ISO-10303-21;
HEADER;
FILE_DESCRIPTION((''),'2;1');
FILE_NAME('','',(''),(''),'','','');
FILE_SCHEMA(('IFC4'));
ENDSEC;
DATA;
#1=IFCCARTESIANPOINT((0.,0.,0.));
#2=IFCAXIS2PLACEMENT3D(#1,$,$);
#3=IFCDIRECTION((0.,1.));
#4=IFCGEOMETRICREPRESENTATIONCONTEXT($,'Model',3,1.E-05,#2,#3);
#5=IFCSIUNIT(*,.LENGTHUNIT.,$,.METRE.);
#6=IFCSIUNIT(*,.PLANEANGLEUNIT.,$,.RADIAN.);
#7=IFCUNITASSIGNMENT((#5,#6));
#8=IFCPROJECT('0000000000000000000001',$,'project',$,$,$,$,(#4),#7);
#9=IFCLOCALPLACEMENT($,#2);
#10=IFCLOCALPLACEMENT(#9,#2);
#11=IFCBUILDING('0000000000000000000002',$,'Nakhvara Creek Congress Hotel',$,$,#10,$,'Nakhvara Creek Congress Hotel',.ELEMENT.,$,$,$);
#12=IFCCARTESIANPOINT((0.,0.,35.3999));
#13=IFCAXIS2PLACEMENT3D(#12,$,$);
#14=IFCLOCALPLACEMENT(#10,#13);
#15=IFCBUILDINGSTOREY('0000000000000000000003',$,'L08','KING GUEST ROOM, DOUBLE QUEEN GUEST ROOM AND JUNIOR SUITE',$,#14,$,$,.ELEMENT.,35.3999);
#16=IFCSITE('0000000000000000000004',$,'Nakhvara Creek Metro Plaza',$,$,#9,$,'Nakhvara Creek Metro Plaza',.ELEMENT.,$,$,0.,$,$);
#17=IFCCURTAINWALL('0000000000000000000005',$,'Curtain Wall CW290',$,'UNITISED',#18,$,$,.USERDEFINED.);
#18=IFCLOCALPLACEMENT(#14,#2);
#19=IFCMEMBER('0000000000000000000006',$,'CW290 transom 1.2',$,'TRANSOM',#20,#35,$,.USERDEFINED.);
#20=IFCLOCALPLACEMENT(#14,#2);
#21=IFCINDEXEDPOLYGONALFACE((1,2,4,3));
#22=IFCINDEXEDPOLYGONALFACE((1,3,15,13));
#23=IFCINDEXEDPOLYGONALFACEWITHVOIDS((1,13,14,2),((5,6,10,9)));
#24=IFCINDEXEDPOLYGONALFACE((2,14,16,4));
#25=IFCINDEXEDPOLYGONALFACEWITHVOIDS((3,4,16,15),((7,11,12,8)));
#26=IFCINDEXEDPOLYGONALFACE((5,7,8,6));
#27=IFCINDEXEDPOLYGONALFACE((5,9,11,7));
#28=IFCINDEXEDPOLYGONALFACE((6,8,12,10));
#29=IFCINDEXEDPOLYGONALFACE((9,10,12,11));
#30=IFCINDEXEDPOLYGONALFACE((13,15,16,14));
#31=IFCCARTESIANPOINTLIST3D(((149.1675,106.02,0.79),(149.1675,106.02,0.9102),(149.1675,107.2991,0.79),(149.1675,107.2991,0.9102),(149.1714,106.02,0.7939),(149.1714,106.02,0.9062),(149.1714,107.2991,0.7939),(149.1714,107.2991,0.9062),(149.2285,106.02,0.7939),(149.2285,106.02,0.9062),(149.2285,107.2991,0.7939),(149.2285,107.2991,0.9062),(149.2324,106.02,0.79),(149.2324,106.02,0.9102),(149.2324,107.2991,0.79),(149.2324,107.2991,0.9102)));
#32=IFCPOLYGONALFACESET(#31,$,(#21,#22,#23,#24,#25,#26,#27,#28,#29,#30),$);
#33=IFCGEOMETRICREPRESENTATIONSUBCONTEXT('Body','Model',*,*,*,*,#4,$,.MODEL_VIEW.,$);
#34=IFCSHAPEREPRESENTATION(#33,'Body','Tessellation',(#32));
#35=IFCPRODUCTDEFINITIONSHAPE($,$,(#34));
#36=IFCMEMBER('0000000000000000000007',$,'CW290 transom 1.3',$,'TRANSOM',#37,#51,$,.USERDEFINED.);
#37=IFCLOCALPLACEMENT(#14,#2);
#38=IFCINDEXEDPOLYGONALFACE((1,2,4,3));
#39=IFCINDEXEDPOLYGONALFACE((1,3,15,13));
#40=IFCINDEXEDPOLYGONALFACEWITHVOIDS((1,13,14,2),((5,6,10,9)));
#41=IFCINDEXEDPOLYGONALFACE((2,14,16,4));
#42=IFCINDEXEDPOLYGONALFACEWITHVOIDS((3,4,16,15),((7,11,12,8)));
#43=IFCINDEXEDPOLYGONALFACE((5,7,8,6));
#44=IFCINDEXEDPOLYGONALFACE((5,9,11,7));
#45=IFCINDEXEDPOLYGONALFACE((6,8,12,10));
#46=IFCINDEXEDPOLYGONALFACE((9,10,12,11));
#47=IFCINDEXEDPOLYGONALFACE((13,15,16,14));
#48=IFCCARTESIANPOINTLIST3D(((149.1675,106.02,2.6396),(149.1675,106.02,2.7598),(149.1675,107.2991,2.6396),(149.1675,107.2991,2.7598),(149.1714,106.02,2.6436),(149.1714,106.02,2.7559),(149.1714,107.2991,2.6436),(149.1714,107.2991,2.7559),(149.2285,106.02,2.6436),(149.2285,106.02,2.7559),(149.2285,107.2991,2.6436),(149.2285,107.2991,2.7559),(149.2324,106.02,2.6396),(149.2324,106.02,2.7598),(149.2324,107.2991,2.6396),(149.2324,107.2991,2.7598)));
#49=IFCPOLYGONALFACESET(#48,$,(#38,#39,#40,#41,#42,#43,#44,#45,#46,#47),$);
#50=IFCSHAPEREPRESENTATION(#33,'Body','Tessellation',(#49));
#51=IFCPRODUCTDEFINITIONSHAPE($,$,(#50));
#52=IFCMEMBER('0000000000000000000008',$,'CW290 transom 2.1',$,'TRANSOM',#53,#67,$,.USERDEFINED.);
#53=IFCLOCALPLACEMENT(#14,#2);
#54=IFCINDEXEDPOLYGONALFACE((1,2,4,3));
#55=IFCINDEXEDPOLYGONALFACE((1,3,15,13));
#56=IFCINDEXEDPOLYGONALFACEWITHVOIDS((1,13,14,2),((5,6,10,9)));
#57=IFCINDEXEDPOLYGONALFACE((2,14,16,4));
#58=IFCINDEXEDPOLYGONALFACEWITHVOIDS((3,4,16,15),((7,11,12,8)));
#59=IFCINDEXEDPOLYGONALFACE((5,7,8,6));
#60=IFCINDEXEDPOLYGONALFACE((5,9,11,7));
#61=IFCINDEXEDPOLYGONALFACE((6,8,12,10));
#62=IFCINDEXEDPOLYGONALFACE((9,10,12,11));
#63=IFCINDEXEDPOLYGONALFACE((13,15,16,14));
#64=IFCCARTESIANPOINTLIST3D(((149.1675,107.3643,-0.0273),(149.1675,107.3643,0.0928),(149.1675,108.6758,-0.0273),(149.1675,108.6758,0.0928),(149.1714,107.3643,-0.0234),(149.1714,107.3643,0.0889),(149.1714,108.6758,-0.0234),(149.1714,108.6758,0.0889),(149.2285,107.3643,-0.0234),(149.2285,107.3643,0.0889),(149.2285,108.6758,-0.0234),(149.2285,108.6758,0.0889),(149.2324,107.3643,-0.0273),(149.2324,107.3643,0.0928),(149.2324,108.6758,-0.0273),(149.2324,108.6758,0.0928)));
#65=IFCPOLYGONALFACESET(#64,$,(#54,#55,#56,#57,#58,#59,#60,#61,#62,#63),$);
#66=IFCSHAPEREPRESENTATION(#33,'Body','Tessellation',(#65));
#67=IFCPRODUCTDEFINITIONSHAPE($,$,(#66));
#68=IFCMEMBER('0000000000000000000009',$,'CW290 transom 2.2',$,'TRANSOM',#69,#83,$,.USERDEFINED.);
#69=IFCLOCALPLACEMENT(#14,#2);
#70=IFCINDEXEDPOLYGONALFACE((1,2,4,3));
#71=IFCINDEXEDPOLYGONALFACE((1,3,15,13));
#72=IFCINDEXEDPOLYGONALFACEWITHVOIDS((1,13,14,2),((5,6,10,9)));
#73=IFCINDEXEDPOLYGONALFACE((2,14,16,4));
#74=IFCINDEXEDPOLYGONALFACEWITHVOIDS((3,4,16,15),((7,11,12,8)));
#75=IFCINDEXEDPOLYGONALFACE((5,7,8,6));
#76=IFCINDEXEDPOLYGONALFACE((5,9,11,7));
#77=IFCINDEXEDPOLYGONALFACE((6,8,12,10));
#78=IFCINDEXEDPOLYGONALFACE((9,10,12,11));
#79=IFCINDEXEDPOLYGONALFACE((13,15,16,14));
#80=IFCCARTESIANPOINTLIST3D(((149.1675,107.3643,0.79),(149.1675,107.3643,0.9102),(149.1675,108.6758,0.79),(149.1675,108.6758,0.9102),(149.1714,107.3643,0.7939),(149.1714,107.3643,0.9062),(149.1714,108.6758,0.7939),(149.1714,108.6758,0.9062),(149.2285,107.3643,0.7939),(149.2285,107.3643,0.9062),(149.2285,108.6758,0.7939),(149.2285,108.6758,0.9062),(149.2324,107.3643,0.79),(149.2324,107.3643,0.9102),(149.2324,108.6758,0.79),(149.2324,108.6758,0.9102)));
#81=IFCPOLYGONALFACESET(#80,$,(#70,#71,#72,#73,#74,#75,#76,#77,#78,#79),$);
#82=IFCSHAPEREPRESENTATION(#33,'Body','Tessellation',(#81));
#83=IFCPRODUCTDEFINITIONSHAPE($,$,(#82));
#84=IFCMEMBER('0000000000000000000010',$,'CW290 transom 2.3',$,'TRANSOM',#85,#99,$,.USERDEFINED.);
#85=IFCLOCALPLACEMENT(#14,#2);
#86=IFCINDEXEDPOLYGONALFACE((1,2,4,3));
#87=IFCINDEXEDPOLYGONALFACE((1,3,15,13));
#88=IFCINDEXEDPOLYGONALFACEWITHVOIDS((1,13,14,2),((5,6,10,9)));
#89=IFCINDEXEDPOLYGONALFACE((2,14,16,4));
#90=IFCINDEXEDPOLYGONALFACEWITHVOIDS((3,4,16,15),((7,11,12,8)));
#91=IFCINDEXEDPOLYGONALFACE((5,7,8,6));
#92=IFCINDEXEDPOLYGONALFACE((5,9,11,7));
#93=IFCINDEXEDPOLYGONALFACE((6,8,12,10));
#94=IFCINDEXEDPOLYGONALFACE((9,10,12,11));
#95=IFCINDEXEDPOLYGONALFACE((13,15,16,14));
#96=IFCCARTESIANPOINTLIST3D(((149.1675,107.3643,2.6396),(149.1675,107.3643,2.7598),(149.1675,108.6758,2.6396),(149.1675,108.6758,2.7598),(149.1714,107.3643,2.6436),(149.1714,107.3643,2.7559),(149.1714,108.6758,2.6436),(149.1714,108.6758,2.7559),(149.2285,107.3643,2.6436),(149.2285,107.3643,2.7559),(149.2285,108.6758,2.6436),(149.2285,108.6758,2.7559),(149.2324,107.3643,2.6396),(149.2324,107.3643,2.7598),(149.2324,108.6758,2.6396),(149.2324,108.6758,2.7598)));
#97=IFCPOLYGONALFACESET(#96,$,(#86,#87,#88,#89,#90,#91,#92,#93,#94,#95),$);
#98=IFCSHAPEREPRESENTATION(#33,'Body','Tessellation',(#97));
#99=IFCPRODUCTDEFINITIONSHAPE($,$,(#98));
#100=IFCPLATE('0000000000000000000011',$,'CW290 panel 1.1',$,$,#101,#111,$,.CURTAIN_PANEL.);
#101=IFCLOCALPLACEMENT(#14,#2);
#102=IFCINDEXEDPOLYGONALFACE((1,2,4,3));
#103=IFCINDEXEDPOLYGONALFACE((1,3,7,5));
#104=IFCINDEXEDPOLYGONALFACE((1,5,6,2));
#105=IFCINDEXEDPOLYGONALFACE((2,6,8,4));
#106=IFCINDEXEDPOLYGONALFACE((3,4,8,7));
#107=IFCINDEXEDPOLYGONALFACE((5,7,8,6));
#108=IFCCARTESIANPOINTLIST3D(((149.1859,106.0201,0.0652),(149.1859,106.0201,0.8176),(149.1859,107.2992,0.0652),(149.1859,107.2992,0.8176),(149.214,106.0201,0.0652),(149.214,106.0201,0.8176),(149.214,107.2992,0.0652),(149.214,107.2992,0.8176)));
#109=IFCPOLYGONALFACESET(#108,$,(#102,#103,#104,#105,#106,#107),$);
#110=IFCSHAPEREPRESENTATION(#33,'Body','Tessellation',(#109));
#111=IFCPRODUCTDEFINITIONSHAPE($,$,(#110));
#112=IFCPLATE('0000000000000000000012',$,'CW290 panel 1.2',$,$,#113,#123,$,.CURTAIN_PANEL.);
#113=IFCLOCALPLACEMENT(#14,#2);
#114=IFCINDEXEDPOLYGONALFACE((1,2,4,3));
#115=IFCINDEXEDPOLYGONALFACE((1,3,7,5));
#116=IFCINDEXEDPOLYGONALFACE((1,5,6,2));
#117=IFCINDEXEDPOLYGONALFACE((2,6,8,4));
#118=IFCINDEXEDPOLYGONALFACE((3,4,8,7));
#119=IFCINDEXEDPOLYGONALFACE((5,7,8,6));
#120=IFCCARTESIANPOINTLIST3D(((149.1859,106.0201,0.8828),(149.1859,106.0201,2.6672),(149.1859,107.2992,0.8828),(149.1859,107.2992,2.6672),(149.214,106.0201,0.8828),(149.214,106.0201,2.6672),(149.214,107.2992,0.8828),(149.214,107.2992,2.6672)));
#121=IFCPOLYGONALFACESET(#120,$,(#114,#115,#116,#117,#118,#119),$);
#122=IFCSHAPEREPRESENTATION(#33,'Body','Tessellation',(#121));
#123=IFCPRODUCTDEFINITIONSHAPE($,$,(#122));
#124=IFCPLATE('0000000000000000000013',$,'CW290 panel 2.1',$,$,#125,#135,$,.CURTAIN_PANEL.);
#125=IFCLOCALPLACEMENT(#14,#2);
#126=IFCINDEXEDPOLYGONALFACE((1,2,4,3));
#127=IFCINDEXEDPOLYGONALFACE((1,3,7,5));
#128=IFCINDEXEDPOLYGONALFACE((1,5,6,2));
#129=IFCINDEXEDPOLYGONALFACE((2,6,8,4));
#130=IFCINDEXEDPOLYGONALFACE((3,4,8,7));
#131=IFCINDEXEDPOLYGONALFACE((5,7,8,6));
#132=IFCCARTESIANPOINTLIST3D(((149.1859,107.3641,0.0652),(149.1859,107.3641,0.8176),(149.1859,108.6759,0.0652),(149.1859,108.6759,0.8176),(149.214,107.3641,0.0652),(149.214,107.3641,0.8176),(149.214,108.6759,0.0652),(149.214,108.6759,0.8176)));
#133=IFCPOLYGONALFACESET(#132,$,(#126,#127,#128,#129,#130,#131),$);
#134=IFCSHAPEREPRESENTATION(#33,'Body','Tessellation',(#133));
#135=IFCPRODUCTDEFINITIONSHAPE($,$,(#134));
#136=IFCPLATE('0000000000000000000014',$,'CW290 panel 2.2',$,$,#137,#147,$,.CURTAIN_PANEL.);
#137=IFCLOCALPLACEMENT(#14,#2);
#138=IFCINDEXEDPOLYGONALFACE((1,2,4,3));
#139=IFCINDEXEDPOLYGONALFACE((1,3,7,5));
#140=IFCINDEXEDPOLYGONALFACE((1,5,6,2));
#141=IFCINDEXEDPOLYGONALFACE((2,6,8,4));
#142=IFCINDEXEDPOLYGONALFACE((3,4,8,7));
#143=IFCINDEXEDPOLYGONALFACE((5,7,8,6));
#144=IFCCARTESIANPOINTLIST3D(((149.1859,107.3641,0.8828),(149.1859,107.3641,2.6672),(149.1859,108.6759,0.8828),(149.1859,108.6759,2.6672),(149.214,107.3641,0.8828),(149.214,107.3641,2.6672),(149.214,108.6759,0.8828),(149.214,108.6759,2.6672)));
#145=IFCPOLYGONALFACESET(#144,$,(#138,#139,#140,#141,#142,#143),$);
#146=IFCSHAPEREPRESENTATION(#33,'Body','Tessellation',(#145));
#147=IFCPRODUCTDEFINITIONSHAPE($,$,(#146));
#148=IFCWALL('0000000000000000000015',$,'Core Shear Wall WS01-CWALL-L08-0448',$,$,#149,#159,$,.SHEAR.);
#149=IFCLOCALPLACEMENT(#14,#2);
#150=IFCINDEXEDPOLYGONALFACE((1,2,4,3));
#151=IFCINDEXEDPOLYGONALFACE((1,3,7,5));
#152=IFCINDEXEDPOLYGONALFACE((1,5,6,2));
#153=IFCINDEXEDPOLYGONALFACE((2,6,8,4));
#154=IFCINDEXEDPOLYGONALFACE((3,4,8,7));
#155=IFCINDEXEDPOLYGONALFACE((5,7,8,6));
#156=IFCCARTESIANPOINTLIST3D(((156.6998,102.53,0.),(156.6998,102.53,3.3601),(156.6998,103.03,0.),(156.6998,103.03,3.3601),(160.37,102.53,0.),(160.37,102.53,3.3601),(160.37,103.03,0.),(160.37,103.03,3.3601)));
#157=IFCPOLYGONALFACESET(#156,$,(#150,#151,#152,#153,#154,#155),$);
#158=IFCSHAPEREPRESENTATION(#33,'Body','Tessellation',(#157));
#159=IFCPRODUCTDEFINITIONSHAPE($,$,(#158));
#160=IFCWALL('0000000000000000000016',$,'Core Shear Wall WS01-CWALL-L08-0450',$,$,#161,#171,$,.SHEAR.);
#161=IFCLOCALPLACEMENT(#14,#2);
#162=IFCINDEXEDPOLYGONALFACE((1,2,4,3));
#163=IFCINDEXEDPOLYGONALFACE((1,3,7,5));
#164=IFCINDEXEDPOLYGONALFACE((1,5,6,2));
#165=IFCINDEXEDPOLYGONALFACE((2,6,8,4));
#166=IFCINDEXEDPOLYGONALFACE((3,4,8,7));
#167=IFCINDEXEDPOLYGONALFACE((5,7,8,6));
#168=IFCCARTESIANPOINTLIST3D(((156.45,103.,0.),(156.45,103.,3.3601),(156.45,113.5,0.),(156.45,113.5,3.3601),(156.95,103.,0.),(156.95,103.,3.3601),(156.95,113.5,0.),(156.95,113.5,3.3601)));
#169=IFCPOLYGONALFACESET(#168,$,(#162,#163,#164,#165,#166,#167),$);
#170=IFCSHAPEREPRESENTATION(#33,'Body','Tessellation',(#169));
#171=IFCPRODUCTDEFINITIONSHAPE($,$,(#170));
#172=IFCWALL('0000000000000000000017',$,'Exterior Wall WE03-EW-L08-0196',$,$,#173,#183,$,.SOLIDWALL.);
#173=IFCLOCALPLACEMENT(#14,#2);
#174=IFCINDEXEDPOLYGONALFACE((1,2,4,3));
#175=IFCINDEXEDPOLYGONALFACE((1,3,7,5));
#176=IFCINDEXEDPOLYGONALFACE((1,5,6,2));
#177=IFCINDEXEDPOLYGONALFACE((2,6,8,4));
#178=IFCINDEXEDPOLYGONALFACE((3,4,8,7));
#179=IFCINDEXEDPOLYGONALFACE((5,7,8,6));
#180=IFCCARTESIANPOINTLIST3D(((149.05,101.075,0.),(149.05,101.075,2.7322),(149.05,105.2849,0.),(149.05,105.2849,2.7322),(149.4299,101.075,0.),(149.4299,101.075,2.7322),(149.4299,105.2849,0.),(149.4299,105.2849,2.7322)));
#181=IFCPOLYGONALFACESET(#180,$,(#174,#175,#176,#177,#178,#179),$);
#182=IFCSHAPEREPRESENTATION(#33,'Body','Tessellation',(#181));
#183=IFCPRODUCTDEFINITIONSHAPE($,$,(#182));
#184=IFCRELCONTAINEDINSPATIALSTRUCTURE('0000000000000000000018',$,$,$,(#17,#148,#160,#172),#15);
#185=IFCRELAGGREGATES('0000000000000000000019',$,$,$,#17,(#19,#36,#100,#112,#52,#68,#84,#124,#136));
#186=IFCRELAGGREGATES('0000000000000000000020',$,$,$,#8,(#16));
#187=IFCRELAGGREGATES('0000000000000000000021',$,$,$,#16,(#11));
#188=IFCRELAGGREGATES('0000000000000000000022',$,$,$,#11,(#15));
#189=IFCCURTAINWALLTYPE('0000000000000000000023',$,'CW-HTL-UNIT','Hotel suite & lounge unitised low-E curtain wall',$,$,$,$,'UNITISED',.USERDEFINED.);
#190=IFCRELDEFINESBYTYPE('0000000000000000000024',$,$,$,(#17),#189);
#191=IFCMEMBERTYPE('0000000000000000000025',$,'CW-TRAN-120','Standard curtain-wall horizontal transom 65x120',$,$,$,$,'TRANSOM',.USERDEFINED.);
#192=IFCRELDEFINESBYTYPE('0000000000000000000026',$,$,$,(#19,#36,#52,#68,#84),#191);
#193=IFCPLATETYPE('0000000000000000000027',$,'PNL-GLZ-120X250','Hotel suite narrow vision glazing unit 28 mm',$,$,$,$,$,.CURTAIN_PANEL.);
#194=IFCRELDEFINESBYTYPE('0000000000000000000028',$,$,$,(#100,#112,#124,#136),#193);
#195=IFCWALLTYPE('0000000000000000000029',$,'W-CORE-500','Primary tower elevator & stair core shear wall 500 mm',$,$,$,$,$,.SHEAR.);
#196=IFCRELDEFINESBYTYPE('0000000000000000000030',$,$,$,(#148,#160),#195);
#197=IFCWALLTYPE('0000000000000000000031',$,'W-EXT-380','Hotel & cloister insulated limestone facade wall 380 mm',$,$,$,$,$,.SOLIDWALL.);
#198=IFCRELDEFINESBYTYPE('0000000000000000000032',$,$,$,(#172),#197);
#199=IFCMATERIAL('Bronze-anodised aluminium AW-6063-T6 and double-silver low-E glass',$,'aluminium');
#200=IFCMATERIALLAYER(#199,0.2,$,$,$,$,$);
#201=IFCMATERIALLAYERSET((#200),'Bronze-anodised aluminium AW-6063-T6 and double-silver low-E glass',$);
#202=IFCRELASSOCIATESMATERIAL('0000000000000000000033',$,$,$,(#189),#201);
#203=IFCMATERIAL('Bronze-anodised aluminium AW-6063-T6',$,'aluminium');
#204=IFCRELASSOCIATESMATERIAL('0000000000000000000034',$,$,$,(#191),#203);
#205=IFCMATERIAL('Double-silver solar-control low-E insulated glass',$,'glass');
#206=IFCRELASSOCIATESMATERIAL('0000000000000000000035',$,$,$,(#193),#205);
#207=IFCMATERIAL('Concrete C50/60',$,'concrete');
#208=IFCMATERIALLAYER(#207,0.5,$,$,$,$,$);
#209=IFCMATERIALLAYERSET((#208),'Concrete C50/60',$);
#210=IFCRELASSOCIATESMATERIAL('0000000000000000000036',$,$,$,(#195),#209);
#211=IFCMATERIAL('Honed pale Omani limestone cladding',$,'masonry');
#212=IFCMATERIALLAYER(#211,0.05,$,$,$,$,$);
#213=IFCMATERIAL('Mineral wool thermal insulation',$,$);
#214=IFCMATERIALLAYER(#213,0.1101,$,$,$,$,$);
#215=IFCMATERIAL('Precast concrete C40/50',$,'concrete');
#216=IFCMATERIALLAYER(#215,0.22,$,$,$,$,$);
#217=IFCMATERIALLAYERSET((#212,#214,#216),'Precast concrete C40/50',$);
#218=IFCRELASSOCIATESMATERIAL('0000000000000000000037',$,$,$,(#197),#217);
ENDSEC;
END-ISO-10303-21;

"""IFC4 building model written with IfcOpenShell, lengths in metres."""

from ifc_helpers import new_model, si_unit, direction, frame, frame_2d, origin, origin_2d, place, context, subcontext, project, spatial, rectangle, hollow_rectangle, extrude, material, layer, layer_set, material_profile, profile_set, type_object, element, aggregate, save


model = new_model("IFC4")

# Units and contexts
model_context = context("Model", 3, precision=1e-05, world=origin(), true_north=direction((0.0, 1.0)))
body_context = subcontext(model_context, "Body", "Model", "MODEL_VIEW")
ifc_project = project(units=[si_unit("LENGTHUNIT", "METRE"), si_unit("PLANEANGLEUNIT", "RADIAN")], contexts=[model_context])

# Site, building, storey
site_placement = place(None, origin())
site = spatial("IfcSite", under=ifc_project, at=site_placement, Name="Nakhvara Creek Metro Plaza", LongName="Nakhvara Creek Metro Plaza", CompositionType="ELEMENT", RefElevation=0.0)
building_placement = place(site_placement, origin())
building = spatial("IfcBuilding", under=site, at=building_placement, Name="Nakhvara Creek Congress Hotel", LongName="Nakhvara Creek Congress Hotel", CompositionType="ELEMENT")
storey_placement = place(building_placement, frame((0.0, 0.0, 35.3999)))
storey = spatial("IfcBuildingStorey", under=building, at=storey_placement, Name="L08", Description="KING GUEST ROOM, DOUBLE QUEEN GUEST ROOM AND JUNIOR SUITE", CompositionType="ELEMENT", Elevation=35.3999)

# Shared definitions
ifc_material_1 = material(Name="Concrete C50/60", Category="concrete")

# Shared definitions
ifc_material_2 = material(Name="Bronze-anodised aluminium AW-6063-T6 and double-silver low-E glass", Category="aluminium")
ifc_layer_1 = layer(ifc_material_2, 0.2)
ifc_layer_set_1 = layer_set([ifc_layer_1], Name="Bronze-anodised aluminium AW-6063-T6 and double-silver low-E glass")
curtain_wall_type = type_object("IfcCurtainWallType", Name="CW-HTL-UNIT", Description="Hotel suite & lounge unitised low-E curtain wall", ElementType="UNITISED", PredefinedType="USERDEFINED", material=ifc_layer_set_1)
ifc_material_3 = material(Name="Bronze-anodised aluminium AW-6063-T6", Category="aluminium")

# Curtain wall, members, plates
curtain_wall_1_placement = place(storey_placement, origin())
curtain_wall_1 = element("IfcCurtainWall", 1, at=curtain_wall_1_placement, inside=storey, type_object=curtain_wall_type, Name="Curtain Wall CW290", ObjectType="UNITISED", PredefinedType="USERDEFINED")
ifc_material_profile_1 = material_profile(ifc_material_3, hollow_rectangle(XDim=0.0649, YDim=0.1201, WallThickness=0.0039, at=origin_2d()), Name="ALU-TRAN 65x120x4", Category="LoadBearing")
ifc_profile_set_1 = profile_set([ifc_material_profile_1], Name="Bronze-anodised aluminium AW-6063-T6")
member_type_1 = type_object("IfcMemberType", Name="CW-TRAN-120", Description="Standard curtain-wall horizontal transom 65x120", ElementType="TRANSOM", PredefinedType="USERDEFINED", material=ifc_profile_set_1)
member_1_placement = place(storey_placement, frame((149.2, 106.02, 0.8501), z_axis=(0.0, 1.0, 0.0), x_axis=(-1.0, 0.0, 0.0)))
member_1 = element("IfcMember", 2, at=member_1_placement, type_object=member_type_1, Name="CW290 transom 1.2", ObjectType="TRANSOM", PredefinedType="USERDEFINED", context=body_context, shape_type="SweptSolid", body=[
    extrude(hollow_rectangle(XDim=0.0649, YDim=0.1201, WallThickness=0.0039, at=origin_2d()), origin(), (0.0, 0.0, 1.0), 1.2791),
])
member_2_placement = place(storey_placement, frame((149.2, 106.02, 2.6997), z_axis=(0.0, 1.0, 0.0), x_axis=(-1.0, 0.0, 0.0)))
member_2 = element("IfcMember", 3, at=member_2_placement, type_object=member_type_1, Name="CW290 transom 1.3", ObjectType="TRANSOM", PredefinedType="USERDEFINED", context=body_context, shape_type="SweptSolid", body=[
    extrude(hollow_rectangle(XDim=0.0649, YDim=0.1201, WallThickness=0.0039, at=origin_2d()), origin(), (0.0, 0.0, 1.0), 1.2791),
])
member_3_placement = place(storey_placement, frame((149.2, 107.3643, 0.0327), z_axis=(0.0, 1.0, 0.0), x_axis=(-1.0, 0.0, 0.0)))
member_3 = element("IfcMember", 4, at=member_3_placement, type_object=member_type_1, Name="CW290 transom 2.1", ObjectType="TRANSOM", PredefinedType="USERDEFINED", context=body_context, shape_type="SweptSolid", body=[
    extrude(hollow_rectangle(XDim=0.0649, YDim=0.1201, WallThickness=0.0039, at=origin_2d()), origin(), (0.0, 0.0, 1.0), 1.3115),
])
member_4_placement = place(storey_placement, frame((149.2, 107.3643, 0.8501), z_axis=(0.0, 1.0, 0.0), x_axis=(-1.0, 0.0, 0.0)))
member_4 = element("IfcMember", 5, at=member_4_placement, type_object=member_type_1, Name="CW290 transom 2.2", ObjectType="TRANSOM", PredefinedType="USERDEFINED", context=body_context, shape_type="SweptSolid", body=[
    extrude(hollow_rectangle(XDim=0.0649, YDim=0.1201, WallThickness=0.0039, at=origin_2d()), origin(), (0.0, 0.0, 1.0), 1.3115),
])
member_5_placement = place(storey_placement, frame((149.2, 107.3643, 2.6997), z_axis=(0.0, 1.0, 0.0), x_axis=(-1.0, 0.0, 0.0)))
member_5 = element("IfcMember", 6, at=member_5_placement, type_object=member_type_1, Name="CW290 transom 2.3", ObjectType="TRANSOM", PredefinedType="USERDEFINED", context=body_context, shape_type="SweptSolid", body=[
    extrude(hollow_rectangle(XDim=0.0649, YDim=0.1201, WallThickness=0.0039, at=origin_2d()), origin(), (0.0, 0.0, 1.0), 1.3115),
])
ifc_material_4 = material(Name="Double-silver solar-control low-E insulated glass", Category="glass")
plate_type = type_object("IfcPlateType", Name="PNL-GLZ-120X250", Description="Hotel suite narrow vision glazing unit 28 mm", PredefinedType="CURTAIN_PANEL", material=ifc_material_4)
plate_1_placement = place(storey_placement, frame((149.2, 106.6597, 0.0652), z_axis=(0.0, 0.0, 1.0), x_axis=(0.0, 1.0, 0.0)))
plate_1 = element("IfcPlate", 7, at=plate_1_placement, type_object=plate_type, Name="CW290 panel 1.1", PredefinedType="CURTAIN_PANEL", context=body_context, shape_type="SweptSolid", body=[
    extrude(rectangle(XDim=1.2791, YDim=0.0281, at=origin_2d()), origin(), (0.0, 0.0, 1.0), 0.7524),
])
plate_2_placement = place(storey_placement, frame((149.2, 106.6597, 0.8828), z_axis=(0.0, 0.0, 1.0), x_axis=(0.0, 1.0, 0.0)))
plate_2 = element("IfcPlate", 8, at=plate_2_placement, type_object=plate_type, Name="CW290 panel 1.2", PredefinedType="CURTAIN_PANEL", context=body_context, shape_type="SweptSolid", body=[
    extrude(rectangle(XDim=1.2791, YDim=0.0281, at=origin_2d()), origin(), (0.0, 0.0, 1.0), 1.7844),
])
plate_3_placement = place(storey_placement, frame((149.2, 108.02, 0.0652), z_axis=(0.0, 0.0, 1.0), x_axis=(0.0, 1.0, 0.0)))
plate_3 = element("IfcPlate", 9, at=plate_3_placement, type_object=plate_type, Name="CW290 panel 2.1", PredefinedType="CURTAIN_PANEL", context=body_context, shape_type="SweptSolid", body=[
    extrude(rectangle(XDim=1.3118, YDim=0.0281, at=origin_2d()), origin(), (0.0, 0.0, 1.0), 0.7524),
])
plate_4_placement = place(storey_placement, frame((149.2, 108.02, 0.8828), z_axis=(0.0, 0.0, 1.0), x_axis=(0.0, 1.0, 0.0)))
plate_4 = element("IfcPlate", 10, at=plate_4_placement, type_object=plate_type, Name="CW290 panel 2.2", PredefinedType="CURTAIN_PANEL", context=body_context, shape_type="SweptSolid", body=[
    extrude(rectangle(XDim=1.3118, YDim=0.0281, at=origin_2d()), origin(), (0.0, 0.0, 1.0), 1.7844),
])
aggregate(curtain_wall_1, [member_1, member_2, plate_1, plate_2, member_3, member_4, member_5, plate_3, plate_4])

# Walls
ifc_layer_2 = layer(ifc_material_1, 0.5)
ifc_layer_set_2 = layer_set([ifc_layer_2], Name="Concrete C50/60")
wall_type_1 = type_object("IfcWallType", Name="W-CORE-500", Description="Primary tower elevator & stair core shear wall 500 mm", PredefinedType="SHEAR", material=ifc_layer_set_2)
wall_1_placement = place(storey_placement, frame((156.7, 102.78, 0.0), z_axis=(0.0, 0.0, 1.0), x_axis=(1.0, 0.0, 0.0)))
element("IfcWall", 11, at=wall_1_placement, inside=storey, type_object=wall_type_1, Name="Core Shear Wall WS01-CWALL-L08-0448", PredefinedType="SHEAR", context=body_context, shape_type="SweptSolid", body=[
    extrude(rectangle(XDim=3.6702, YDim=0.5, at=frame_2d((1.835, 0.0))), origin(), (0.0, 0.0, 1.0), 3.3601),
])
wall_2_placement = place(storey_placement, frame((156.7, 103.0, 0.0), z_axis=(0.0, 0.0, 1.0), x_axis=(0.0, 1.0, 0.0)))
element("IfcWall", 12, at=wall_2_placement, inside=storey, type_object=wall_type_1, Name="Core Shear Wall WS01-CWALL-L08-0450", PredefinedType="SHEAR", context=body_context, shape_type="SweptSolid", body=[
    extrude(rectangle(XDim=10.5, YDim=0.5, at=frame_2d((5.25, 0.0))), origin(), (0.0, 0.0, 1.0), 3.3601),
])

# Wall
ifc_material_5 = material(Name="Honed pale Omani limestone cladding", Category="masonry")
ifc_layer_3 = layer(ifc_material_5, 0.05)
ifc_material_6 = material(Name="Mineral wool thermal insulation")
ifc_layer_4 = layer(ifc_material_6, 0.1101)
ifc_material_7 = material(Name="Precast concrete C40/50", Category="concrete")
ifc_layer_5 = layer(ifc_material_7, 0.22)
ifc_layer_set_3 = layer_set([ifc_layer_3, ifc_layer_4, ifc_layer_5], Name="Precast concrete C40/50")
wall_type_2 = type_object("IfcWallType", Name="W-EXT-380", Description="Hotel & cloister insulated limestone facade wall 380 mm", PredefinedType="SOLIDWALL", material=ifc_layer_set_3)
wall_3_placement = place(storey_placement, frame((149.24, 101.075, 0.0), z_axis=(0.0, 0.0, 1.0), x_axis=(0.0, 1.0, 0.0)))
element("IfcWall", 13, at=wall_3_placement, inside=storey, type_object=wall_type_2, Name="Exterior Wall WE03-EW-L08-0196", PredefinedType="SOLIDWALL", context=body_context, shape_type="SweptSolid", body=[
    extrude(rectangle(XDim=4.21, YDim=0.3799, at=frame_2d((2.105, 0.0))), origin(), (0.0, 0.0, 1.0), 2.7322),
])

save(model, "model.ifc")
